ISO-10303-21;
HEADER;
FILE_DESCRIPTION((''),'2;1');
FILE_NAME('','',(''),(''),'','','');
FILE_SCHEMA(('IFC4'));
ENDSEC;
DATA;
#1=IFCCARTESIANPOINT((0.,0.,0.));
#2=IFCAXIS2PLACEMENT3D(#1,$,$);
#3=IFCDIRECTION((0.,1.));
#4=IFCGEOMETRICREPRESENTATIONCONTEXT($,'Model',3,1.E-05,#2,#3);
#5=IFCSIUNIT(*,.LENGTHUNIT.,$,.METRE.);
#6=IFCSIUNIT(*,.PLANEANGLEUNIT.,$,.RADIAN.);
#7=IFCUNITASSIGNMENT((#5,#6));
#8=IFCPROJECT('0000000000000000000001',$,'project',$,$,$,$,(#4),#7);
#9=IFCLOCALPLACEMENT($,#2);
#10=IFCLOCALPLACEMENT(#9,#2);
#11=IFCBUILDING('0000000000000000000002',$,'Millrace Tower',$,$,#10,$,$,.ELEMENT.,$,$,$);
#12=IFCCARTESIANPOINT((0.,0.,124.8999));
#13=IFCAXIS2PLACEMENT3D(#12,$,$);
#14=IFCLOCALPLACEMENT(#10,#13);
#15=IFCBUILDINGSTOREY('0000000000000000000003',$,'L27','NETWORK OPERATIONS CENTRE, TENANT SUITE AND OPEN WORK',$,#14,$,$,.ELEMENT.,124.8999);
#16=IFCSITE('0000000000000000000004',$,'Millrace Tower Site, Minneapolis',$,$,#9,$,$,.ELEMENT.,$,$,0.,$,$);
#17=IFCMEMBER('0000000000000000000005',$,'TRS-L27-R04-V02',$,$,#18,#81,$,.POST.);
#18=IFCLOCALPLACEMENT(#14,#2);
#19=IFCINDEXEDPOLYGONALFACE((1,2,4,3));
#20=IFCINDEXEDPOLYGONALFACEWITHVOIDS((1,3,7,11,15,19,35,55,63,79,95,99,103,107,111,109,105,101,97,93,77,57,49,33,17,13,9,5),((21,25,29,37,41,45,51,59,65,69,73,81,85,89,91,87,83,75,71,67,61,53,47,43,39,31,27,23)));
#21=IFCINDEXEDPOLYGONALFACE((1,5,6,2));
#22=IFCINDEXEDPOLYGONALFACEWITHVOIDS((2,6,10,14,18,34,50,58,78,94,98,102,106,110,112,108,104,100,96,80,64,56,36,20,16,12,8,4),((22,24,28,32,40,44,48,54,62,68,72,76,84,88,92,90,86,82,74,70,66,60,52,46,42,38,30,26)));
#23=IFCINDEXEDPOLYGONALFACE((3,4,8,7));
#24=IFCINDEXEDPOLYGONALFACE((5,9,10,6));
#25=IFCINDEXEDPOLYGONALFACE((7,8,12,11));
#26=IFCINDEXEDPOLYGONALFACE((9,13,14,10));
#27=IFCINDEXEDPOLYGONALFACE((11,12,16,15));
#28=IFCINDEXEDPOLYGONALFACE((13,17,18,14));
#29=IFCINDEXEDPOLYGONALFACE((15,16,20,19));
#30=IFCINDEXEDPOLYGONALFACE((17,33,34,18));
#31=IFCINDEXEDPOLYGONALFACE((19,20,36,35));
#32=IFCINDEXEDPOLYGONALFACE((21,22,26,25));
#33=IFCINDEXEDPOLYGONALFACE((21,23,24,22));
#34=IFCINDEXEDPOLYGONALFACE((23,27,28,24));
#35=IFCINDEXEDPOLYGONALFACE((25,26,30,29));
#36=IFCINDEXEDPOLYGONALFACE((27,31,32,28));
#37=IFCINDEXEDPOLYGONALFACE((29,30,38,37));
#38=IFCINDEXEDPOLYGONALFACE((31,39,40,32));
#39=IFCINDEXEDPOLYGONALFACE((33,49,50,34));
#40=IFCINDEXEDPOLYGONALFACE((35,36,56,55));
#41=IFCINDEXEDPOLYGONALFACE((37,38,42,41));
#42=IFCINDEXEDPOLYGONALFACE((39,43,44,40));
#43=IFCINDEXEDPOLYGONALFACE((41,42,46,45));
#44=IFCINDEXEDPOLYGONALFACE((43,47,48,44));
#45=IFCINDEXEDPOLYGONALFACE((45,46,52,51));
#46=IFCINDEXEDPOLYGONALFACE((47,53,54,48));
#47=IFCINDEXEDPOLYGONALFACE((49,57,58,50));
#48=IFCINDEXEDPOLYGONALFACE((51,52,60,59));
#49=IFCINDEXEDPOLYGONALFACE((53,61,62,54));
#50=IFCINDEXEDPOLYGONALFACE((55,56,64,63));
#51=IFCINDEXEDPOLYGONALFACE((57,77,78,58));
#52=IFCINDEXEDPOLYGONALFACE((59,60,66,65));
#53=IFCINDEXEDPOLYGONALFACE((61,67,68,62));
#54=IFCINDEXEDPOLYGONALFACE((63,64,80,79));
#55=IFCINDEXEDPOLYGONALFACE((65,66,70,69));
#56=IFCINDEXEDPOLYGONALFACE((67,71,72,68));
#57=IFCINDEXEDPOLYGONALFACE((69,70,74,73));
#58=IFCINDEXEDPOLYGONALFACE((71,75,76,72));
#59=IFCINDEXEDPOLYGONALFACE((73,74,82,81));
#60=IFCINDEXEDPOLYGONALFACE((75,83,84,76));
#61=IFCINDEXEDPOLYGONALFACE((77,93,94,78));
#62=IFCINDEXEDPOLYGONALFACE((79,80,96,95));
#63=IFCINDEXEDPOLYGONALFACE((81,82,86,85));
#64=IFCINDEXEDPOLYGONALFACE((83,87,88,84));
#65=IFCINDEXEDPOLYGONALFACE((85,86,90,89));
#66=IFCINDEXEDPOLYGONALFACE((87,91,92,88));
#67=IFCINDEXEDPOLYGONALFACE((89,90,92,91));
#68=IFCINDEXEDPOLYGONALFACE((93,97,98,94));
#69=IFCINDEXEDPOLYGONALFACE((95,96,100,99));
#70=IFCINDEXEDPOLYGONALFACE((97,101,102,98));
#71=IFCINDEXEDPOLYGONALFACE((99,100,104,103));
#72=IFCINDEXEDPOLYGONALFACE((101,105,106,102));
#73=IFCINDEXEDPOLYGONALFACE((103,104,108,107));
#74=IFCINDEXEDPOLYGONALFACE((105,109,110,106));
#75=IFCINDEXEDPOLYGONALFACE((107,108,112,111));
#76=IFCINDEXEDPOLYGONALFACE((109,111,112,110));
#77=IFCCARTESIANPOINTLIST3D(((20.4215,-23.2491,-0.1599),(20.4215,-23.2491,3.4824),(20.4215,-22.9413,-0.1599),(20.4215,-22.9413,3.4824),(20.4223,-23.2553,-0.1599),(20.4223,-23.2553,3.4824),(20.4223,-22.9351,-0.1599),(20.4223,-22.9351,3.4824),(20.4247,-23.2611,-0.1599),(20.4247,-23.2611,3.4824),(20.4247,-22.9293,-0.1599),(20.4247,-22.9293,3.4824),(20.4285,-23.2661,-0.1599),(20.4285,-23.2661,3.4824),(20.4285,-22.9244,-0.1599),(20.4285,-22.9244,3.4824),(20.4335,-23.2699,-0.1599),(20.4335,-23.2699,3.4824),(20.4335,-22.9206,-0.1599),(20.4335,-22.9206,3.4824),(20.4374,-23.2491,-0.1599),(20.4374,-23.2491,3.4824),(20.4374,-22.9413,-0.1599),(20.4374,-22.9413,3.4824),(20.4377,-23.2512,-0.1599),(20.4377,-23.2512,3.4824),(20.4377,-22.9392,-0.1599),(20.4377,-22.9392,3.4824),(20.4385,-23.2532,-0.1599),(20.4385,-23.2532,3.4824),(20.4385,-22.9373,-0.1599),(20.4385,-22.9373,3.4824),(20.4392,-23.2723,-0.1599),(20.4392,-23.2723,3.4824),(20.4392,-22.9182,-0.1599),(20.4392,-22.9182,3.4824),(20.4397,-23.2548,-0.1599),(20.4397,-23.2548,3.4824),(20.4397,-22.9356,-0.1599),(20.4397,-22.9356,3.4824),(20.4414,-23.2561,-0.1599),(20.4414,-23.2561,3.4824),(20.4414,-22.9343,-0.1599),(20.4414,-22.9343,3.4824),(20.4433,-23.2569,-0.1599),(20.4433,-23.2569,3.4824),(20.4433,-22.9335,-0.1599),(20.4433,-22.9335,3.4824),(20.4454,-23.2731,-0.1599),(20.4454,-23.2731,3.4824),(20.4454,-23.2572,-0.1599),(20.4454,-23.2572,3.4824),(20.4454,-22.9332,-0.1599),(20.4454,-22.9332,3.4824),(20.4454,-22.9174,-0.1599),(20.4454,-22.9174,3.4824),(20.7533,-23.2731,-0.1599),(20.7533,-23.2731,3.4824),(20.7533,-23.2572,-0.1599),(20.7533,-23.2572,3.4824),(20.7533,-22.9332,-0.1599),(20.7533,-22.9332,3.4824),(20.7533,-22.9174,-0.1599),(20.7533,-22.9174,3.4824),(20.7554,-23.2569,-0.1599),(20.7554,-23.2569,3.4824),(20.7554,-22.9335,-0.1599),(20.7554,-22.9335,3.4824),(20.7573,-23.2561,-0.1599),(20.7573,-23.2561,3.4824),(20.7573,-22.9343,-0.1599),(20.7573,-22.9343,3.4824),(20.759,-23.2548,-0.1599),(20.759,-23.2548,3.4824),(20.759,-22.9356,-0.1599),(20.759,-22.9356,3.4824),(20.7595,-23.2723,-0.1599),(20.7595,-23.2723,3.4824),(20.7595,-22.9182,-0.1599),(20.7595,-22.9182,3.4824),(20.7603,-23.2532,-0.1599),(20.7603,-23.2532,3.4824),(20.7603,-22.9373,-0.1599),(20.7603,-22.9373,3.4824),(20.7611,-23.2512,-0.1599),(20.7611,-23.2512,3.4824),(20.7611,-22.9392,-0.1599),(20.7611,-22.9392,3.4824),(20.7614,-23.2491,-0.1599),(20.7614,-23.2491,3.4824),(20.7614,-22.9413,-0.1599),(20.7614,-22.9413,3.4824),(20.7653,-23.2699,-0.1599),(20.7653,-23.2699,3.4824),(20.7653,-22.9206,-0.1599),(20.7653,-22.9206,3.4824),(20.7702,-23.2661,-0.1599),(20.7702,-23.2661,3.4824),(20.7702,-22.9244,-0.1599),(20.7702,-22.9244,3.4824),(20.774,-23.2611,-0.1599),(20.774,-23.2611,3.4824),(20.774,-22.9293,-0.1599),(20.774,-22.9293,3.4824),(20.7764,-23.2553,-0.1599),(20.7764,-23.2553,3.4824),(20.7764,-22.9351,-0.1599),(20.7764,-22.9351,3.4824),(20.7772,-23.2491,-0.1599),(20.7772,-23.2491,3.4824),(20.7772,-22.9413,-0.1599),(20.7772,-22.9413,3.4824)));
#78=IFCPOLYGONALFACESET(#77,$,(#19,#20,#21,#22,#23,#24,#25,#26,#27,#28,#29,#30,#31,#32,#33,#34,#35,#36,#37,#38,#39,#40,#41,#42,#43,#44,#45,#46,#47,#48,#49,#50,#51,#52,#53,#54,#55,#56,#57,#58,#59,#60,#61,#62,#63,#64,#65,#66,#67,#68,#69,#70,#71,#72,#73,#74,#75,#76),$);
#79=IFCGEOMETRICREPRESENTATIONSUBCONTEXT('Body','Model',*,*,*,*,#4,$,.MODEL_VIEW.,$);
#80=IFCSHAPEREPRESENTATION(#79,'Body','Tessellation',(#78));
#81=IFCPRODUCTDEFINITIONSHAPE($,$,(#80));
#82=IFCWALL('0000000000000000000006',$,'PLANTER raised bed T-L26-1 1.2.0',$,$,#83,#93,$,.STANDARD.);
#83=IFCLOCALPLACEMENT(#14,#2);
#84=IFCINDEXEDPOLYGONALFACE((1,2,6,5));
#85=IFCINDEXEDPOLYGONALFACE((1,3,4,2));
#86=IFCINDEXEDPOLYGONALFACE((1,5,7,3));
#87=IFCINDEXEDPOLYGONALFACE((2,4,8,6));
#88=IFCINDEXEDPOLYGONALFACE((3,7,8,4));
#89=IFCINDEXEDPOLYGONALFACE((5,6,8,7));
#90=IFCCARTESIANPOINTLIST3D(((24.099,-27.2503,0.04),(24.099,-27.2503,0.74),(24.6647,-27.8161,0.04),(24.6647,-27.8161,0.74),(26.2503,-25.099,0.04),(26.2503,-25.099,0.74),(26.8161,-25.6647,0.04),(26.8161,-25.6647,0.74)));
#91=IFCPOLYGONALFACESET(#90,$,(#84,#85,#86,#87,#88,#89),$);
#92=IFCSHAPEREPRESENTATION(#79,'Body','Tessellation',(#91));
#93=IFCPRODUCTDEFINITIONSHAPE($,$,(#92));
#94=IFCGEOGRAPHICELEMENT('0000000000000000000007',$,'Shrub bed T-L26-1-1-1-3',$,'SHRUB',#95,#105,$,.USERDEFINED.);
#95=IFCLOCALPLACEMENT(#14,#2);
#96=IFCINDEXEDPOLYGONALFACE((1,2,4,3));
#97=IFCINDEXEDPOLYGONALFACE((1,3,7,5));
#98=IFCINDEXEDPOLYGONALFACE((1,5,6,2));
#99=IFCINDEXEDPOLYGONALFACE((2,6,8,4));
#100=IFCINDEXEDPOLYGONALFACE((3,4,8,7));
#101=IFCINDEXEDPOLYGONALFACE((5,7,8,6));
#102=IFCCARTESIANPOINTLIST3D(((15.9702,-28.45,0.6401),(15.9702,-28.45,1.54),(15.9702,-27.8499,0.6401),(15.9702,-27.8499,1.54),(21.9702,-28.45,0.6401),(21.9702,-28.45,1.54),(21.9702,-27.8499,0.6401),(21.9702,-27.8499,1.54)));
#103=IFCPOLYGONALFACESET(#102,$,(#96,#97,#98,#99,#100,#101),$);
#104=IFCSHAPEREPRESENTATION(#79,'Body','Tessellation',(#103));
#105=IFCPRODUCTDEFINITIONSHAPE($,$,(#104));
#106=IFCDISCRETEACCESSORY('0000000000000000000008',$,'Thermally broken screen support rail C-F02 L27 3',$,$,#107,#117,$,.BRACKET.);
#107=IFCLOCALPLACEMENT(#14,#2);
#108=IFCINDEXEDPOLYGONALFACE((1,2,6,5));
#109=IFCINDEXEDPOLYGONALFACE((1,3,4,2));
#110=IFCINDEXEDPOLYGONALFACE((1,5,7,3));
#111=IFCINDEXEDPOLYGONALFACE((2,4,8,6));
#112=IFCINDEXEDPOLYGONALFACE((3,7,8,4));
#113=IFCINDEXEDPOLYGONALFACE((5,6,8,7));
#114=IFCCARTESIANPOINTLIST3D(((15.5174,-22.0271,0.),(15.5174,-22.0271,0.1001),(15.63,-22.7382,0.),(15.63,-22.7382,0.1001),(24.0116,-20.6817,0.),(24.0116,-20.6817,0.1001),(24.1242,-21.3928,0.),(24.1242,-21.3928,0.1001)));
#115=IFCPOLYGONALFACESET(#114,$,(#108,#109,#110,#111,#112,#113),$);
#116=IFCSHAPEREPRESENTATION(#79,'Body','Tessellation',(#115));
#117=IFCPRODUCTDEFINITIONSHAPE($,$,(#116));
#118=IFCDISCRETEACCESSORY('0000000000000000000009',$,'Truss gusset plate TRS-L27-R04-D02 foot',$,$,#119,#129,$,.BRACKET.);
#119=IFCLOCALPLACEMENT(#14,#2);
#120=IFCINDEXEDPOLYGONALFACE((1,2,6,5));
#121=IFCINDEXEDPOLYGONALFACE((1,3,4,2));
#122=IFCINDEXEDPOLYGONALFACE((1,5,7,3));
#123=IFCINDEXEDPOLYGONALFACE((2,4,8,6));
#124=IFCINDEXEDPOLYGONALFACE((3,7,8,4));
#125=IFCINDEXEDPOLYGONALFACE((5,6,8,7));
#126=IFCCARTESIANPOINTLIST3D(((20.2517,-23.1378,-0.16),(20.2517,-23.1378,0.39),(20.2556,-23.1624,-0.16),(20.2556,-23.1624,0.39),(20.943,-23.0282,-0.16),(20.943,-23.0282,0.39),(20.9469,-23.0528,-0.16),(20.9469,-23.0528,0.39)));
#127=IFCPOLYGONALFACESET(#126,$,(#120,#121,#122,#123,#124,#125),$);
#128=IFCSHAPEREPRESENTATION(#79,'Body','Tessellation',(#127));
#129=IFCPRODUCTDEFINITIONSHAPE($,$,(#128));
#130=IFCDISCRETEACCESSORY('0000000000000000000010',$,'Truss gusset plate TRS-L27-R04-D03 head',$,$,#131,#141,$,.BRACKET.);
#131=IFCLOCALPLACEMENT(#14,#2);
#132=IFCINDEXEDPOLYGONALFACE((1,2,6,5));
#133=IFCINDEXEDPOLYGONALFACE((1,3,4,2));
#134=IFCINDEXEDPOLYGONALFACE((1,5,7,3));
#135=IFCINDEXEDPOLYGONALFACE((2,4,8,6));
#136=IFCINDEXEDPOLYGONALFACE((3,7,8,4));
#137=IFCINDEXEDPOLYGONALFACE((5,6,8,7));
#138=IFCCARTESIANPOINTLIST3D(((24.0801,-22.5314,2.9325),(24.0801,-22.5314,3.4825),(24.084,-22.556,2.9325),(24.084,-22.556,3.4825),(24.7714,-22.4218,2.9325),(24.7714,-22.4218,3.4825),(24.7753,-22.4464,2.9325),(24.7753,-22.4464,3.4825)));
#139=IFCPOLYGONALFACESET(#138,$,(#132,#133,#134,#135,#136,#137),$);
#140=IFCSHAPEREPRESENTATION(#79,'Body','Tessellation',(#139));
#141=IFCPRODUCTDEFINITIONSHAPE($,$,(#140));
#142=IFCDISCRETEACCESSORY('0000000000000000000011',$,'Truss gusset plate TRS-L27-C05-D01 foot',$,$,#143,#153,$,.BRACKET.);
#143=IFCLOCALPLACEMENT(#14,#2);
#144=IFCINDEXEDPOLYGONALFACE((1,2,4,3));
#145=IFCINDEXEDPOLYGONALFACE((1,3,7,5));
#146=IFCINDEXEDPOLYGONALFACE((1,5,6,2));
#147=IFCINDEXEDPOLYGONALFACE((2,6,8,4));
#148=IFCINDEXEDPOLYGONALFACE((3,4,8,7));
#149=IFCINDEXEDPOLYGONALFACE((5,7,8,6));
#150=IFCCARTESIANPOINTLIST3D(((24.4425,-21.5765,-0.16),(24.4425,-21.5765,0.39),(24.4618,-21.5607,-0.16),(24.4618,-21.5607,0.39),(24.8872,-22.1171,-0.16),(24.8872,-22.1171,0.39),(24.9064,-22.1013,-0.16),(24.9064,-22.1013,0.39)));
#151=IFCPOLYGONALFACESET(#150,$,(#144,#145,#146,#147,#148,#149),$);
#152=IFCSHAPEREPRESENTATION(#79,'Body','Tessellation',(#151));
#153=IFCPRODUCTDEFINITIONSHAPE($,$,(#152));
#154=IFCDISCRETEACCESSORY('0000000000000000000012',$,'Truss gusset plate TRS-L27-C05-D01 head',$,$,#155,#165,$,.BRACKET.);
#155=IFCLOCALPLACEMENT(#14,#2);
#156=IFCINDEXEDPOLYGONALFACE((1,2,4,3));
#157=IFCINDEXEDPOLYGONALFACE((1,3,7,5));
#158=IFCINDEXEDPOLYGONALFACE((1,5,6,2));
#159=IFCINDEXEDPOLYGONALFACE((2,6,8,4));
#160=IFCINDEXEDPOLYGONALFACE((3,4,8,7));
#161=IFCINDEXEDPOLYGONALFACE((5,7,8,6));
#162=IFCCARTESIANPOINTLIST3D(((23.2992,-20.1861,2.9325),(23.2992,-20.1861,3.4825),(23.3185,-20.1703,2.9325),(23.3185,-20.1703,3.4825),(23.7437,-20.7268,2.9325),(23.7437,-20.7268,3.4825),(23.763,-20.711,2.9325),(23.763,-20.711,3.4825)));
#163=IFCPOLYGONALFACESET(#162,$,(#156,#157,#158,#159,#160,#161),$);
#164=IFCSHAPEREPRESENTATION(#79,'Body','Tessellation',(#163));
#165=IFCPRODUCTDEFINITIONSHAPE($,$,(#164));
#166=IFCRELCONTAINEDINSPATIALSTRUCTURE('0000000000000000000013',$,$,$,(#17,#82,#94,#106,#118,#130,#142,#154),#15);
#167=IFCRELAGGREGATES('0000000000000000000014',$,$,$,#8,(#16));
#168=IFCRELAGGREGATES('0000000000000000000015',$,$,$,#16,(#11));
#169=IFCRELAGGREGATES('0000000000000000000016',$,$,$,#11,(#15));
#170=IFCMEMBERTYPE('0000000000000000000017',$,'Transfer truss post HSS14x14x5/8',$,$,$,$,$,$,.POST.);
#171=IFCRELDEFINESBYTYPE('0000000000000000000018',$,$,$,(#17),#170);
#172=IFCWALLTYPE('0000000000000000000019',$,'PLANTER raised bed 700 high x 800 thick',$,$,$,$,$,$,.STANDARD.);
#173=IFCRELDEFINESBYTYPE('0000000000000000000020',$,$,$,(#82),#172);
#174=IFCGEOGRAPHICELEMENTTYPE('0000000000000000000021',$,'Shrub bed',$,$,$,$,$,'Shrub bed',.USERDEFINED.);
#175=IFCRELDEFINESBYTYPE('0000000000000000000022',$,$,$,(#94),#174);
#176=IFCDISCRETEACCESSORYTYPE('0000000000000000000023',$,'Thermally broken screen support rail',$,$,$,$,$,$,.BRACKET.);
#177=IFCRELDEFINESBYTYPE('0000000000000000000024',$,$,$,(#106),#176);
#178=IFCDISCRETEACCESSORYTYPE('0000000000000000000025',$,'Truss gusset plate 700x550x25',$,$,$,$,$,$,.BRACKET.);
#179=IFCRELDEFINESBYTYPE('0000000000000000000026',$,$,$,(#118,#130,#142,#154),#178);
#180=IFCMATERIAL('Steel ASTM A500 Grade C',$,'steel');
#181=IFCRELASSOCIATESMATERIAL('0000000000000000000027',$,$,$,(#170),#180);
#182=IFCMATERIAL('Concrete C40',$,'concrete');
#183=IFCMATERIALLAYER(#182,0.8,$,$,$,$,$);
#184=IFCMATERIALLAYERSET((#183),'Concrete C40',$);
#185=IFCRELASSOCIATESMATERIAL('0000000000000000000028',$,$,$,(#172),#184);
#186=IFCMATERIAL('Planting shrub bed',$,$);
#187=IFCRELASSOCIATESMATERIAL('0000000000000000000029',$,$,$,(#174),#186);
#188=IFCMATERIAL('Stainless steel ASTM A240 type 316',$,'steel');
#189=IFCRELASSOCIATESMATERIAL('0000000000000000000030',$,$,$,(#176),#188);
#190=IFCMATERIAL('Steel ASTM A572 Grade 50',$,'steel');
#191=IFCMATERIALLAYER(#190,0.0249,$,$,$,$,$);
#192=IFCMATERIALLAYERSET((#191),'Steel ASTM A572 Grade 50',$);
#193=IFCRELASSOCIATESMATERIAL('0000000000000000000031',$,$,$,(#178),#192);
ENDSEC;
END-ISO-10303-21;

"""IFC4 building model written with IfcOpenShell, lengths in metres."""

from ifc_helpers import new_model, si_unit, direction, frame, frame_2d, origin, origin_2d, place, context, subcontext, project, spatial, rectangle, hollow_rectangle, extrude, material, layer, layer_set, material_profile, profile_set, type_object, element, save


model = new_model("IFC4")

# Units and contexts
model_context = context("Model", 3, precision=1e-05, world=origin(), true_north=direction((0.0, 1.0)))
body_context = subcontext(model_context, "Body", "Model", "MODEL_VIEW")
ifc_project = project(units=[si_unit("LENGTHUNIT", "METRE"), si_unit("PLANEANGLEUNIT", "RADIAN")], contexts=[model_context])

# Site, building, storey
site_placement = place(None, origin())
site = spatial("IfcSite", under=ifc_project, at=site_placement, Name="Millrace Tower Site, Minneapolis", CompositionType="ELEMENT", RefElevation=0.0)
building_placement = place(site_placement, origin())
building = spatial("IfcBuilding", under=site, at=building_placement, Name="Millrace Tower", CompositionType="ELEMENT")
storey_placement = place(building_placement, frame((0.0, 0.0, 124.8999)))
storey = spatial("IfcBuildingStorey", under=building, at=storey_placement, Name="L27", Description="NETWORK OPERATIONS CENTRE, TENANT SUITE AND OPEN WORK", CompositionType="ELEMENT", Elevation=124.8999)

# Member
ifc_material_1 = material(Name="Steel ASTM A500 Grade C", Category="steel")
ifc_material_profile_1 = material_profile(ifc_material_1, hollow_rectangle(XDim=0.3557, YDim=0.3557, WallThickness=0.0159, InnerFilletRadius=0.0081, OuterFilletRadius=0.0239, at=origin_2d()))
ifc_profile_set_1 = profile_set([ifc_material_profile_1], Name="Steel ASTM A500 Grade C")
member_type_1 = type_object("IfcMemberType", Name="Transfer truss post HSS14x14x5/8", PredefinedType="POST", material=ifc_profile_set_1)
member_1_placement = place(storey_placement, frame((20.5994, -23.0952, -0.1599), z_axis=(0.0, 0.0, 1.0), x_axis=(1.0, 0.0, 0.0)))
element("IfcMember", 1, at=member_1_placement, inside=storey, type_object=member_type_1, Name="TRS-L27-R04-V02", PredefinedType="POST", context=body_context, shape_type="SweptSolid", body=[
    extrude(hollow_rectangle(XDim=0.3557, YDim=0.3557, WallThickness=0.0159, InnerFilletRadius=0.0081, OuterFilletRadius=0.0239, at=origin_2d()), origin(), (0.0, 0.0, 1.0), 3.6423),
])

# Wall
ifc_material_2 = material(Name="Concrete C40", Category="concrete")
ifc_layer_1 = layer(ifc_material_2, 0.8)
ifc_layer_set_1 = layer_set([ifc_layer_1], Name="Concrete C40")
wall_type = type_object("IfcWallType", Name="PLANTER raised bed 700 high x 800 thick", PredefinedType="STANDARD", material=ifc_layer_set_1)
wall_placement = place(storey_placement, frame((24.3818, -27.5332, 0.04), z_axis=(0.0, 0.0, 1.0), x_axis=(0.707107, 0.707107, 0.0)))
element("IfcWall", 2, at=wall_placement, inside=storey, type_object=wall_type, Name="PLANTER raised bed T-L26-1 1.2.0", PredefinedType="STANDARD", context=body_context, shape_type="SweptSolid", body=[
    extrude(rectangle(XDim=3.0425, YDim=0.8, at=frame_2d((1.5212, 0.0))), origin(), (0.0, 0.0, 1.0), 0.7),
])

# Geographic element
ifc_material_3 = material(Name="Planting shrub bed")
geographic_element_type = type_object("IfcGeographicElementType", Name="Shrub bed", ElementType="Shrub bed", PredefinedType="USERDEFINED", material=ifc_material_3)
geographic_element_placement = place(storey_placement, frame((18.9702, -28.1499, 0.6401), z_axis=(0.0, 0.0, 1.0), x_axis=(1.0, 0.0, 0.0)))
element("IfcGeographicElement", 3, at=geographic_element_placement, inside=storey, type_object=geographic_element_type, Name="Shrub bed T-L26-1-1-1-3", ObjectType="SHRUB", PredefinedType="USERDEFINED", context=body_context, shape_type="SweptSolid", body=[
    extrude(rectangle(XDim=6.0, YDim=0.6001, at=origin_2d()), origin(), (0.0, 0.0, 1.0), 0.8999),
])

# Discrete accessories
ifc_material_4 = material(Name="Stainless steel ASTM A240 type 316", Category="steel")
discrete_accessory_type_1 = type_object("IfcDiscreteAccessoryType", Name="Thermally broken screen support rail", PredefinedType="BRACKET", material=ifc_material_4)
discrete_accessory_placement = place(storey_placement, frame((19.8208, -21.71, 0.0), z_axis=(0.0, 0.0, 1.0), x_axis=(0.987688, 0.156434, 0.0)))
element("IfcDiscreteAccessory", 4, at=discrete_accessory_placement, inside=storey, type_object=discrete_accessory_type_1, Name="Thermally broken screen support rail C-F02 L27 3", PredefinedType="BRACKET", context=body_context, shape_type="SweptSolid", body=[
    extrude(rectangle(XDim=8.6001, YDim=0.72, at=origin_2d()), origin(), (0.0, 0.0, 1.0), 0.1001),
])
ifc_material_5 = material(Name="Steel ASTM A572 Grade 50", Category="steel")
ifc_layer_2 = layer(ifc_material_5, 0.0249)
ifc_layer_set_2 = layer_set([ifc_layer_2], Name="Steel ASTM A572 Grade 50")
discrete_accessory_type_2 = type_object("IfcDiscreteAccessoryType", Name="Truss gusset plate 700x550x25", PredefinedType="BRACKET", material=ifc_layer_set_2)
for number, where, z_axis, x_axis, name in (
    (5, (20.2537, -23.1501, 0.115), (0.987664, 0.156589, 0.0), (-0.156589, 0.987664, 0.0), "Truss gusset plate TRS-L27-R04-D02 foot"),
    (6, (24.082, -22.5437, 3.2075), (0.987664, 0.156589, 0.0), (-0.156589, 0.987664, 0.0), "Truss gusset plate TRS-L27-R04-D03 head"),
    (7, (24.4521, -21.5686, 0.115), (0.63523, -0.772323, 0.0), (0.772323, 0.63523, 0.0), "Truss gusset plate TRS-L27-C05-D01 foot"),
    (8, (23.3088, -20.1782, 3.2075), (0.635059, -0.772464, 0.0), (0.772464, 0.635059, 0.0), "Truss gusset plate TRS-L27-C05-D01 head"),
):
    element("IfcDiscreteAccessory", number, at=place(storey_placement, frame(where, z_axis=z_axis, x_axis=x_axis)), inside=storey, type_object=discrete_accessory_type_2, Name=name, PredefinedType="BRACKET", context=body_context, shape_type="SweptSolid", body=[
        extrude(rectangle(XDim=0.0249, YDim=0.55, at=origin_2d()), origin(), (0.0, 0.0, 1.0), 0.7),
    ])

save(model, "model.ifc")
